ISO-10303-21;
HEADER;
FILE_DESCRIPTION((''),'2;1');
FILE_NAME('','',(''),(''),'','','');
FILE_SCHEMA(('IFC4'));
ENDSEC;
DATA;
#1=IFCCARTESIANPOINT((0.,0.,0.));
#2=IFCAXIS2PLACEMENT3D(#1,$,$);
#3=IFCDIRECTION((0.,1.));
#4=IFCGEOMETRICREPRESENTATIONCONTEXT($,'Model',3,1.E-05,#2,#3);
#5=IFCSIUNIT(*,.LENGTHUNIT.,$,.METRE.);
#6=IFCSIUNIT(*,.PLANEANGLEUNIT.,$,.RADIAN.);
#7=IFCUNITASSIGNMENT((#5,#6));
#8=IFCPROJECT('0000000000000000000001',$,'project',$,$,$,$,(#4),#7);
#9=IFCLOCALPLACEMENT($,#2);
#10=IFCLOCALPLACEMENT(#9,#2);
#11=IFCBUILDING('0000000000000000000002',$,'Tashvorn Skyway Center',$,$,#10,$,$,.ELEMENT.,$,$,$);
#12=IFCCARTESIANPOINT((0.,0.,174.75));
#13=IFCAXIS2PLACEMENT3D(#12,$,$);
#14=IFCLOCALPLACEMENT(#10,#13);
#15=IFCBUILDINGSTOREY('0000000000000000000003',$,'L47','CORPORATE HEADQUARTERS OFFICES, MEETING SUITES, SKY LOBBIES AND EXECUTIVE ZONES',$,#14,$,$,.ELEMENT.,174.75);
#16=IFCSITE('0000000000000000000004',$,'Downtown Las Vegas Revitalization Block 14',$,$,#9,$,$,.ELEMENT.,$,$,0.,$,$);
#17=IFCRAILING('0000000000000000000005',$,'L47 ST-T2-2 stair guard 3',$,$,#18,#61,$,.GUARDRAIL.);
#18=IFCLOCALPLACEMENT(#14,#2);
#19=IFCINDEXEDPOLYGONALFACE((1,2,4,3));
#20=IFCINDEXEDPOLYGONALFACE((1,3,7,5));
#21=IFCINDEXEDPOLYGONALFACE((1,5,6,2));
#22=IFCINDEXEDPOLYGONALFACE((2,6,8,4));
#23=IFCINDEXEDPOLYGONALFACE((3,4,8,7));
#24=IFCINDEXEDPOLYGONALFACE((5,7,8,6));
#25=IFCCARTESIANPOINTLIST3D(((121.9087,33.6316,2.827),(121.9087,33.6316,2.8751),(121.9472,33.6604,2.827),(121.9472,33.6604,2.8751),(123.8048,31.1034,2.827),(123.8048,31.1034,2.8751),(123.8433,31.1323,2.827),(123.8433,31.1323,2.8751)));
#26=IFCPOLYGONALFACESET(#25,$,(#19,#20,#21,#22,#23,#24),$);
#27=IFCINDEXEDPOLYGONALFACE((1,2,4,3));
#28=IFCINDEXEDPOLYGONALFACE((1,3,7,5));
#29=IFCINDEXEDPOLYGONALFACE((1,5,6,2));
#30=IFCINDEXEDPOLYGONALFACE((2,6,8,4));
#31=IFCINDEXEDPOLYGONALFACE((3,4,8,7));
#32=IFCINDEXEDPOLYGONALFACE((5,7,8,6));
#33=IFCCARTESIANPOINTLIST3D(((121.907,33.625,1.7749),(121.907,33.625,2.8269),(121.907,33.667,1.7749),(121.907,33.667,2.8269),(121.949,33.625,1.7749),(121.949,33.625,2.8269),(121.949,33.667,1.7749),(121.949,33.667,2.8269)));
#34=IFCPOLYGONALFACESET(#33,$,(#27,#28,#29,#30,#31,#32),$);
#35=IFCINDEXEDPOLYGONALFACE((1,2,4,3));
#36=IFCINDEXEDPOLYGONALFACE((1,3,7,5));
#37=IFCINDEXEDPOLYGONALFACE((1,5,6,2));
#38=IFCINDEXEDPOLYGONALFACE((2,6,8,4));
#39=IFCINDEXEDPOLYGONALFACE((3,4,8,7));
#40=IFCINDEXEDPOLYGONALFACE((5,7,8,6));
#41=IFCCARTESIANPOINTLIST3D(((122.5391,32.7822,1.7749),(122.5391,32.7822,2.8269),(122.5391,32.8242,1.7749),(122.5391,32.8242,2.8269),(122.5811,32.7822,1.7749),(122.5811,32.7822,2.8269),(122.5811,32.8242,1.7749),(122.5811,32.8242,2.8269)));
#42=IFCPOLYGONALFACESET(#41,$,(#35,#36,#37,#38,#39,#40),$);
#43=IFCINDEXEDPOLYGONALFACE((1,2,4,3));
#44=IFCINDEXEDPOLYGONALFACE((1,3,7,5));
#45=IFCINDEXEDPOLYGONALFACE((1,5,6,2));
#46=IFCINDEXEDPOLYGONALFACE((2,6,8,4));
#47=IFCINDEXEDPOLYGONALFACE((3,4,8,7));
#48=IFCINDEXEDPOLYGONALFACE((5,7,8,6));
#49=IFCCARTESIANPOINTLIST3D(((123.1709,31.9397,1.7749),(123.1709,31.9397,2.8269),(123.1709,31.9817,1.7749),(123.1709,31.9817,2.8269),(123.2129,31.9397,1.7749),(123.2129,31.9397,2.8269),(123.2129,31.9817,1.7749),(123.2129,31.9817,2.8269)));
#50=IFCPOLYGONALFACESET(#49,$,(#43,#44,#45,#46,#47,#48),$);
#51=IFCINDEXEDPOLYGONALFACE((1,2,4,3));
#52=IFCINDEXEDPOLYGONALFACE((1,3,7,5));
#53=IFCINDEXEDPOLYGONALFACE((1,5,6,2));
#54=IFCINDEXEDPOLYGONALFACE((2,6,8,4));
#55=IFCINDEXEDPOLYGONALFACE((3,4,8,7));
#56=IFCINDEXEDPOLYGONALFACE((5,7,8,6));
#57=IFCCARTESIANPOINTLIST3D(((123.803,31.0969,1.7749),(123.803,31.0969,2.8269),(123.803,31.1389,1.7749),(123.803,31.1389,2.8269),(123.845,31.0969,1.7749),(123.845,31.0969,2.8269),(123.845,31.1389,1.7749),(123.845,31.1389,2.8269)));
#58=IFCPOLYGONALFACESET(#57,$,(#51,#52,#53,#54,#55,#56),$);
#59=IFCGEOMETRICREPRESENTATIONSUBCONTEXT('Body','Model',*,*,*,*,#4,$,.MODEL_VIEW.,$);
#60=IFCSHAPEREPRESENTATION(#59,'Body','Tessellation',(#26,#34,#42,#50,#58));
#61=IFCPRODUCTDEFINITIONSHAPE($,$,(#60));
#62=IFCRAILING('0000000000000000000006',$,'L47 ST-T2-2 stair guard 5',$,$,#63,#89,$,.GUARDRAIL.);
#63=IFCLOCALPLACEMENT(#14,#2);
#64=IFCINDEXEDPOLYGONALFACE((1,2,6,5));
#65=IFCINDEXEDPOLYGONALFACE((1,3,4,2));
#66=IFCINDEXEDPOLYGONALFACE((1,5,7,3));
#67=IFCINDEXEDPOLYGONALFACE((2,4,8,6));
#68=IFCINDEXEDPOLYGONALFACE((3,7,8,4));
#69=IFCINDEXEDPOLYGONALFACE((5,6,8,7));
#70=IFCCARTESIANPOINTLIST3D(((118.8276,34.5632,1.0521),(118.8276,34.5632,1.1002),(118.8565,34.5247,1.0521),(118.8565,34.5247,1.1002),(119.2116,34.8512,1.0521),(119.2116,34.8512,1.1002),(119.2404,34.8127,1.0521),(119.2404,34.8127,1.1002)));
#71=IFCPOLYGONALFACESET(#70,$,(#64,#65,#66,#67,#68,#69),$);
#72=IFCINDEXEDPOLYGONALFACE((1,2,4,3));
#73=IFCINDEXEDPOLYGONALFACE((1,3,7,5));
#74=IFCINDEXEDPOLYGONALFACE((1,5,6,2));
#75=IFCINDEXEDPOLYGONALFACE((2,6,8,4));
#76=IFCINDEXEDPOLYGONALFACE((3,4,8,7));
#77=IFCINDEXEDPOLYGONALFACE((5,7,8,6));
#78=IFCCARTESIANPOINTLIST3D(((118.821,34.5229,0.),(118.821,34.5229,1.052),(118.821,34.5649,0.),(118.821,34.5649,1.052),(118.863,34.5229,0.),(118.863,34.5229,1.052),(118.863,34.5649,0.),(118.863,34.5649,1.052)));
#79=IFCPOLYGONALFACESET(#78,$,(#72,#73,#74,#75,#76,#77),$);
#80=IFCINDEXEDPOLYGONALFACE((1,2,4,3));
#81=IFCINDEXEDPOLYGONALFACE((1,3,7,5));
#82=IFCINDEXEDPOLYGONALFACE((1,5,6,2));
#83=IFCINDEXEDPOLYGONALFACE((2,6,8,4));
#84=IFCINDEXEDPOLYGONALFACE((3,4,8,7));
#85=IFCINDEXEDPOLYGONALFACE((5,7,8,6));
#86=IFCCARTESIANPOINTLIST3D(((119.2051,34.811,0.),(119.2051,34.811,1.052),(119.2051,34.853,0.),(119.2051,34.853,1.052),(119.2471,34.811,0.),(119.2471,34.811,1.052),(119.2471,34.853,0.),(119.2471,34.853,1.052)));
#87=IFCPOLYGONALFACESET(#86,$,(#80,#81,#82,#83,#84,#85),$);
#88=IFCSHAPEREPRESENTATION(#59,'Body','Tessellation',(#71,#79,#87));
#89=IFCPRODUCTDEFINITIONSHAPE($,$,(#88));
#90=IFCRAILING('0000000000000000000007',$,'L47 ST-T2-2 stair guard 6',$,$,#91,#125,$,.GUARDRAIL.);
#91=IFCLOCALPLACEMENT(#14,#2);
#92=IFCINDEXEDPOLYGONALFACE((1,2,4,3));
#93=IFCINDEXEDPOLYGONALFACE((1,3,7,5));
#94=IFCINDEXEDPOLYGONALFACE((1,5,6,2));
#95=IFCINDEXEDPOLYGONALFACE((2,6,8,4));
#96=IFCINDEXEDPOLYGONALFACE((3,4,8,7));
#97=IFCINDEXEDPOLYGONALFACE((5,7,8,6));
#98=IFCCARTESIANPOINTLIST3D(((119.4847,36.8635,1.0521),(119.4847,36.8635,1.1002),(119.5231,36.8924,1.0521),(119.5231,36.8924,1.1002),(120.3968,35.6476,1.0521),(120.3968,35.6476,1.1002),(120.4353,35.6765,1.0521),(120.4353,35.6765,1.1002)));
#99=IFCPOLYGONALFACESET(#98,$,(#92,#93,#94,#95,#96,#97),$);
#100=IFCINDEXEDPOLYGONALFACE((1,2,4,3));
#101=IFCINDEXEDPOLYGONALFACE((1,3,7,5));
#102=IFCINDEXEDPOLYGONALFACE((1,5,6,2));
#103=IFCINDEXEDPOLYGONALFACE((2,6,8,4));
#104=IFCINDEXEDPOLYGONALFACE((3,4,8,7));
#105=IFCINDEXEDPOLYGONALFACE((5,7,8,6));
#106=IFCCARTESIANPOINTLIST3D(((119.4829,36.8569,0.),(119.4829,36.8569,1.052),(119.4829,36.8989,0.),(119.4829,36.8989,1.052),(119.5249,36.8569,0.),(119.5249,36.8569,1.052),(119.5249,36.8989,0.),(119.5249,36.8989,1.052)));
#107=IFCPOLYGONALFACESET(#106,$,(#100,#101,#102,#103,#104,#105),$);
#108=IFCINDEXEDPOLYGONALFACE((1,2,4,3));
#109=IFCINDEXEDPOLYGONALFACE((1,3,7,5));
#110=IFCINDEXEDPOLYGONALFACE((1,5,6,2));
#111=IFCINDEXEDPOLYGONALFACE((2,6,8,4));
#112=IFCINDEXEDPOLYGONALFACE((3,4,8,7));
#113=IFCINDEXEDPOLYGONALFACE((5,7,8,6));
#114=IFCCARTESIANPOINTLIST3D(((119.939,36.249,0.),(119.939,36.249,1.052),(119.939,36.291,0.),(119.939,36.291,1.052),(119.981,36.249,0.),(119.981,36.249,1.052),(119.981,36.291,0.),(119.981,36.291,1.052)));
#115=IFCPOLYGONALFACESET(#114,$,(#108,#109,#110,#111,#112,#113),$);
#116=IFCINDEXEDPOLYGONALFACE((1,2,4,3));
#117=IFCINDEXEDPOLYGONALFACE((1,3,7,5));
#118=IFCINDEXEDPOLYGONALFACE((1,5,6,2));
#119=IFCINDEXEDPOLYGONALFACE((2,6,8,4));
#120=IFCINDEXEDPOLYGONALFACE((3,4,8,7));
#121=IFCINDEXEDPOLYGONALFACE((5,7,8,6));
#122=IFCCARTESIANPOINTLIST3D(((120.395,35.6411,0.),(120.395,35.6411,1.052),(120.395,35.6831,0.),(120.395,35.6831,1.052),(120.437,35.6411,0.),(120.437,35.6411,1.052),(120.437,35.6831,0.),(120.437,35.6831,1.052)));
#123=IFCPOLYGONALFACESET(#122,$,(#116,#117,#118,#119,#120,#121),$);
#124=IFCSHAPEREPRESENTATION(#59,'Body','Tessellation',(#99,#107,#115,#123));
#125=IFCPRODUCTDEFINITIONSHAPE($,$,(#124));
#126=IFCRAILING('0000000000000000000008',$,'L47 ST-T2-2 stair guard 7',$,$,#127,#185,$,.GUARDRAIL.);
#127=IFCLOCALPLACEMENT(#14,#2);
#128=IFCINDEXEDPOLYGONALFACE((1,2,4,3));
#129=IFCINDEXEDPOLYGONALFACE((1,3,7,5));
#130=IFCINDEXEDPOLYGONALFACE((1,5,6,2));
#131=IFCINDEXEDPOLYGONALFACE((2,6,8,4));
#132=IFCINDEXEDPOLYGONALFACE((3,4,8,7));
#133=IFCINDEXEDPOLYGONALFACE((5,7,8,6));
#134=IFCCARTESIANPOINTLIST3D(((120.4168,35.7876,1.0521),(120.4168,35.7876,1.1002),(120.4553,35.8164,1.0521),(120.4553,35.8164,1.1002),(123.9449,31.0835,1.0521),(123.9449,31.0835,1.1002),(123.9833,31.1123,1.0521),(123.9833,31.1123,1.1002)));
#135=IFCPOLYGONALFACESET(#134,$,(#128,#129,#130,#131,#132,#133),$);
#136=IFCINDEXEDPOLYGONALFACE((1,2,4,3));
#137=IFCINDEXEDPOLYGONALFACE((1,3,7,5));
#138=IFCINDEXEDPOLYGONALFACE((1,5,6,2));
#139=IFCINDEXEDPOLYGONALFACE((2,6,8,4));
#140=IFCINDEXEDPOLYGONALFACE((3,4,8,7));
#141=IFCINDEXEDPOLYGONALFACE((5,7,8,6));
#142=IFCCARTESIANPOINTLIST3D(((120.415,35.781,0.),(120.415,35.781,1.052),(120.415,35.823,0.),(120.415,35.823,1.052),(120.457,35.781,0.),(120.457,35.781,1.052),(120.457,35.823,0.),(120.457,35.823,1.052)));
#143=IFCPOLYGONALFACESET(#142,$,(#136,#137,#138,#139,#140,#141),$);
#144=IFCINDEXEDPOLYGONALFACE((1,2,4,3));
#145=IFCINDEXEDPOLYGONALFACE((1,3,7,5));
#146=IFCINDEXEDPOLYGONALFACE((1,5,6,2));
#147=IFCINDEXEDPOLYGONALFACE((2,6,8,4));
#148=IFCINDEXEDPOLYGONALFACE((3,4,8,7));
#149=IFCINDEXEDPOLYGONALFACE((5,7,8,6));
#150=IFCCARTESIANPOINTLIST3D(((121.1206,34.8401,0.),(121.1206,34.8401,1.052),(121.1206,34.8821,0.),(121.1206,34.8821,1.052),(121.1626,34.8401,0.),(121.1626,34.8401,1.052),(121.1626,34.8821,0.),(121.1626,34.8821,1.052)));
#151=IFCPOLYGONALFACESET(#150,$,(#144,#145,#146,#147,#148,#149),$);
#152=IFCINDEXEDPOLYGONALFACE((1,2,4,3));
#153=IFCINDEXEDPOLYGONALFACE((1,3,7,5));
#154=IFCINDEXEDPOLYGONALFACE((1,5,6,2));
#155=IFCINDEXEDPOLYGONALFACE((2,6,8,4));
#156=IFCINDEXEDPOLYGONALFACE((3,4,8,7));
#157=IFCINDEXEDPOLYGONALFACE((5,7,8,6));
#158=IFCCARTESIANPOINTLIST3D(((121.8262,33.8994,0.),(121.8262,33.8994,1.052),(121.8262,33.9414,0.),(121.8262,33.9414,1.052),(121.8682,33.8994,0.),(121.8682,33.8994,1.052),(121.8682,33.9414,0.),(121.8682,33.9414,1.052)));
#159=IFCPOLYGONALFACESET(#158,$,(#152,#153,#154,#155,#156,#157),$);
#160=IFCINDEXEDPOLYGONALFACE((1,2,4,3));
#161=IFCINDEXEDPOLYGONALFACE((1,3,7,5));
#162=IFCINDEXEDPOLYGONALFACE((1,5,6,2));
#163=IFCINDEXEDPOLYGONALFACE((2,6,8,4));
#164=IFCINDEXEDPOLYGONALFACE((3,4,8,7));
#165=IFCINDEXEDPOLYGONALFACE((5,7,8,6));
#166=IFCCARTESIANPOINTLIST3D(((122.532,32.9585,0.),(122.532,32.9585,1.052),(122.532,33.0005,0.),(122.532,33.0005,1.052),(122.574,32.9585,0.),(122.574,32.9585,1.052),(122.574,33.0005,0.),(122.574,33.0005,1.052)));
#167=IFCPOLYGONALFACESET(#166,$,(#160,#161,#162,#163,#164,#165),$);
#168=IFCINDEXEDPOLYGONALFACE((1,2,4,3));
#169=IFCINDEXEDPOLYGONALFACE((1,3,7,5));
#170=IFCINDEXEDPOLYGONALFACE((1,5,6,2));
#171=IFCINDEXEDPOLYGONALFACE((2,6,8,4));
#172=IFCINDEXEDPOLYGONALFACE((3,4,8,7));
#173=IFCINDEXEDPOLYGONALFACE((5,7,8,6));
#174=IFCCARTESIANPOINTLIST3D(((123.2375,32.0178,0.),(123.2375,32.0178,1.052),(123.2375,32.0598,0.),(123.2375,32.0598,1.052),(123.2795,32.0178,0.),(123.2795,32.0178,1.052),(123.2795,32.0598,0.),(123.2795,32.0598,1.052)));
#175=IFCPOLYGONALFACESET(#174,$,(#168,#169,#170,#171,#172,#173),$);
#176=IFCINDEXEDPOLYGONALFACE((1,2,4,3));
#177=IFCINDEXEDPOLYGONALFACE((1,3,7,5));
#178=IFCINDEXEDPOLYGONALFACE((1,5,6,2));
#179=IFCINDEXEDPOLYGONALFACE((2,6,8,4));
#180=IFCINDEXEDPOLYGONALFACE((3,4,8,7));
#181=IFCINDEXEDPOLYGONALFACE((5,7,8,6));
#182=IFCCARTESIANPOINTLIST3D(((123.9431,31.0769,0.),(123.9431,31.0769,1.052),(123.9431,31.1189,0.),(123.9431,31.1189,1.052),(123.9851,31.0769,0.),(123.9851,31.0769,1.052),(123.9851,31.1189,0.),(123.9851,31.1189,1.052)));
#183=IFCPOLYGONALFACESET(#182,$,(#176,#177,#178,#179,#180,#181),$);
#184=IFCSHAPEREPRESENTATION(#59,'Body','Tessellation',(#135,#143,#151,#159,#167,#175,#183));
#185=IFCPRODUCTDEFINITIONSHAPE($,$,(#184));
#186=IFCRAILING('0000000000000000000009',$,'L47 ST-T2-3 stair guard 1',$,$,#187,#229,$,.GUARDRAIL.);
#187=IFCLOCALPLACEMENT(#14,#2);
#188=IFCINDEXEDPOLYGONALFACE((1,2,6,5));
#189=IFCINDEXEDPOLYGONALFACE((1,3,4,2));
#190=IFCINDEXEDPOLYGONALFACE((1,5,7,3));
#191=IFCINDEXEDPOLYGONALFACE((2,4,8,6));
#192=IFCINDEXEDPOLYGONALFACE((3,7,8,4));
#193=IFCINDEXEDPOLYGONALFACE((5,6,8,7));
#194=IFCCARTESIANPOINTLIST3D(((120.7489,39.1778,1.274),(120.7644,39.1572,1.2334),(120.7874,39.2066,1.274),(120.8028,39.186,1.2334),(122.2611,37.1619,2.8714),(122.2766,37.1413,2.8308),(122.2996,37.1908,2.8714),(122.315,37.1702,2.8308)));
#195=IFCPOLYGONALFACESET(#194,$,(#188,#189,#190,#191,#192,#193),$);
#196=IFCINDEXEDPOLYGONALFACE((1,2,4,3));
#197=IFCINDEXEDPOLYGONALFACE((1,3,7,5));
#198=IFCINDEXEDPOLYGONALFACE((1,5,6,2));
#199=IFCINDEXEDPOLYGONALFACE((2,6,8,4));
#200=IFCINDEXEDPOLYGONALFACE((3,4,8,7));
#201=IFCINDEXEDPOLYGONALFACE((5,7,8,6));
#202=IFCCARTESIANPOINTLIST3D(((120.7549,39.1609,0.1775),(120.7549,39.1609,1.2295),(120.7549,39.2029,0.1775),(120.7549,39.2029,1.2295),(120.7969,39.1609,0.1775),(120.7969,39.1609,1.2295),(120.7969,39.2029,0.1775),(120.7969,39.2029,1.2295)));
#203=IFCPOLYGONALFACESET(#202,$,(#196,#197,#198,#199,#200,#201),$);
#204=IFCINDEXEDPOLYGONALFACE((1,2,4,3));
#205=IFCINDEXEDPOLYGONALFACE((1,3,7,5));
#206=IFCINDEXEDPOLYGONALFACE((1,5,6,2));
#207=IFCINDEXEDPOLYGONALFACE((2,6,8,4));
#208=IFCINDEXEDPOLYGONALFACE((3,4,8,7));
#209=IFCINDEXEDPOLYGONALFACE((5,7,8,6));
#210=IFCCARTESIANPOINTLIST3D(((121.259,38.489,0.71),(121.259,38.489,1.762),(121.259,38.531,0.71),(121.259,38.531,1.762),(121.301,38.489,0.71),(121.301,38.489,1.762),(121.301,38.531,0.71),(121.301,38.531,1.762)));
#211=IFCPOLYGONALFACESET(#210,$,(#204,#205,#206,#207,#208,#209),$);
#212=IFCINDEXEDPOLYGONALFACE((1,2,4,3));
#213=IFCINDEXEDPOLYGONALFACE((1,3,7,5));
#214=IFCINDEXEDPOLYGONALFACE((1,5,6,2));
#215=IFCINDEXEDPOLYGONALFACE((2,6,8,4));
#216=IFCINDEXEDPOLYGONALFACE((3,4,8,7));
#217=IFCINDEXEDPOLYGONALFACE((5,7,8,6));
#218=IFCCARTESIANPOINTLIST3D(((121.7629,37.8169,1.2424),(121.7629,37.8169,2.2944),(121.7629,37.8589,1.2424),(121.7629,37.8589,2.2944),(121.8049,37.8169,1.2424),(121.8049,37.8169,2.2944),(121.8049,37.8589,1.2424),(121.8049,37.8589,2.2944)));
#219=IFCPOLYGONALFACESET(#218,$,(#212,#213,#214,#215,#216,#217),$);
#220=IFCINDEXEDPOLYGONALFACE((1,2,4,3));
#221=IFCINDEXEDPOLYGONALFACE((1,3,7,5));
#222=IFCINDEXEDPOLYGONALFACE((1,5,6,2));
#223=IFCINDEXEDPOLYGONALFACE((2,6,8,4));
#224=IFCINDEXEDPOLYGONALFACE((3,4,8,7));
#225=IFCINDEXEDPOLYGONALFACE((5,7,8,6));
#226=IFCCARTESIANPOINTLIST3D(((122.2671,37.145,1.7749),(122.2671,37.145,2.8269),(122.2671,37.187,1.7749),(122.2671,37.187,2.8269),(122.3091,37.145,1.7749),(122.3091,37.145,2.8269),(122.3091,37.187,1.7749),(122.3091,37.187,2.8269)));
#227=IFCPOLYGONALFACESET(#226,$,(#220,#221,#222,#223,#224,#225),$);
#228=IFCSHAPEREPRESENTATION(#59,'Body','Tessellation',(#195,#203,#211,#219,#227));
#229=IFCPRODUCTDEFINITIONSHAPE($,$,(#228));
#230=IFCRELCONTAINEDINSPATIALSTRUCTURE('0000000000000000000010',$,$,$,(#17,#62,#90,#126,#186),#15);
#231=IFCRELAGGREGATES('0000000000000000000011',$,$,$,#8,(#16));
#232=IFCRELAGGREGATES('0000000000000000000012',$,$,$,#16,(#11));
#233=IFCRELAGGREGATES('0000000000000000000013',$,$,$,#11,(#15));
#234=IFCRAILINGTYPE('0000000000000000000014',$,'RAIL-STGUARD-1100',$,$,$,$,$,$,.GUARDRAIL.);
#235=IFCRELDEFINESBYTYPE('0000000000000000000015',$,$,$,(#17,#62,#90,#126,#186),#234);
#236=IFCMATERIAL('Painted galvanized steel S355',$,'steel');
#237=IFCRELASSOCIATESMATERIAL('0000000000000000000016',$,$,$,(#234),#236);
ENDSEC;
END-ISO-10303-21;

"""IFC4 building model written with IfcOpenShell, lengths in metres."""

from ifc_helpers import new_model, si_unit, direction, frame, origin, origin_2d, place, context, subcontext, project, spatial, rectangle, extrude, material, type_object, element, save


model = new_model("IFC4")

# Units and contexts
model_context = context("Model", 3, precision=1e-05, world=origin(), true_north=direction((0.0, 1.0)))
body_context = subcontext(model_context, "Body", "Model", "MODEL_VIEW")
ifc_project = project(units=[si_unit("LENGTHUNIT", "METRE"), si_unit("PLANEANGLEUNIT", "RADIAN")], contexts=[model_context])

# Site, building, storey
site_placement = place(None, origin())
site = spatial("IfcSite", under=ifc_project, at=site_placement, Name="Downtown Las Vegas Revitalization Block 14", CompositionType="ELEMENT", RefElevation=0.0)
building_placement = place(site_placement, origin())
building = spatial("IfcBuilding", under=site, at=building_placement, Name="Tashvorn Skyway Center", CompositionType="ELEMENT")
storey_placement = place(building_placement, frame((0.0, 0.0, 174.75)))
storey = spatial("IfcBuildingStorey", under=building, at=storey_placement, Name="L47", Description="CORPORATE HEADQUARTERS OFFICES, MEETING SUITES, SKY LOBBIES AND EXECUTIVE ZONES", CompositionType="ELEMENT", Elevation=174.75)

# Railings
ifc_material_1 = material(Name="Painted galvanized steel S355", Category="steel")
railing_type_1 = type_object("IfcRailingType", Name="RAIL-STGUARD-1100", PredefinedType="GUARDRAIL", material=ifc_material_1)
railing_1_placement = place(storey_placement, frame((121.928, 33.646, 1.7749)))
element("IfcRailing", 1, at=railing_1_placement, inside=storey, type_object=railing_type_1, Name="L47 ST-T2-2 stair guard 3", PredefinedType="GUARDRAIL", context=body_context, shape_type="SweptSolid", body=[
    extrude(rectangle(XDim=0.0481, YDim=0.0481, at=origin_2d()), frame((0.0, 0.0, 1.0762), z_axis=(0.599988, -0.800009, 0.0), x_axis=(0.800009, 0.599988, 0.0)), (0.0, 0.0, 1.0), 3.1602),
    extrude(rectangle(XDim=0.042, YDim=0.042, at=origin_2d()), origin(), (0.0, 0.0, 1.0), 1.052),
    extrude(rectangle(XDim=0.042, YDim=0.042, at=origin_2d()), frame((0.6321, -0.8428, 0.0)), (0.0, 0.0, 1.0), 1.052),
    extrude(rectangle(XDim=0.042, YDim=0.042, at=origin_2d()), frame((1.2639, -1.6853, 0.0)), (0.0, 0.0, 1.0), 1.052),
    extrude(rectangle(XDim=0.042, YDim=0.042, at=origin_2d()), frame((1.896, -2.5281, 0.0)), (0.0, 0.0, 1.0), 1.052),
])
railing_2_placement = place(storey_placement, frame((118.842, 34.5439, 0.0)))
element("IfcRailing", 2, at=railing_2_placement, inside=storey, type_object=railing_type_1, Name="L47 ST-T2-2 stair guard 5", PredefinedType="GUARDRAIL", context=body_context, shape_type="SweptSolid", body=[
    extrude(rectangle(XDim=0.0481, YDim=0.0481, at=origin_2d()), frame((0.0, 0.0, 1.0762), z_axis=(0.799939, 0.600081, 0.0), x_axis=(-0.600081, 0.799939, 0.0)), (0.0, 0.0, 1.0), 0.48),
    extrude(rectangle(XDim=0.042, YDim=0.042, at=origin_2d()), origin(), (0.0, 0.0, 1.0), 1.052),
    extrude(rectangle(XDim=0.042, YDim=0.042, at=origin_2d()), frame((0.384, 0.2881, 0.0)), (0.0, 0.0, 1.0), 1.052),
])
railing_3_placement = place(storey_placement, frame((119.5039, 36.8779, 0.0)))
element("IfcRailing", 3, at=railing_3_placement, inside=storey, type_object=railing_type_1, Name="L47 ST-T2-2 stair guard 6", PredefinedType="GUARDRAIL", context=body_context, shape_type="SweptSolid", body=[
    extrude(rectangle(XDim=0.0481, YDim=0.0481, at=origin_2d()), frame((0.0, 0.0, 1.0762), z_axis=(0.600103, -0.799923, 0.0), x_axis=(0.799923, 0.600103, 0.0)), (0.0, 0.0, 1.0), 1.52),
    extrude(rectangle(XDim=0.042, YDim=0.042, at=origin_2d()), origin(), (0.0, 0.0, 1.0), 1.052),
    extrude(rectangle(XDim=0.042, YDim=0.042, at=origin_2d()), frame((0.4561, -0.6079, 0.0)), (0.0, 0.0, 1.0), 1.052),
    extrude(rectangle(XDim=0.042, YDim=0.042, at=origin_2d()), frame((0.9121, -1.2158, 0.0)), (0.0, 0.0, 1.0), 1.052),
])
railing_4_placement = place(storey_placement, frame((120.436, 35.802, 0.0)))
element("IfcRailing", 4, at=railing_4_placement, inside=storey, type_object=railing_type_1, Name="L47 ST-T2-2 stair guard 7", PredefinedType="GUARDRAIL", context=body_context, shape_type="SweptSolid", body=[
    extrude(rectangle(XDim=0.0481, YDim=0.0481, at=origin_2d()), frame((0.0, 0.0, 1.0762), z_axis=(0.6, -0.8, 0.0), x_axis=(0.8, 0.6, 0.0)), (0.0, 0.0, 1.0), 5.8801),
    extrude(rectangle(XDim=0.042, YDim=0.042, at=origin_2d()), origin(), (0.0, 0.0, 1.0), 1.052),
    extrude(rectangle(XDim=0.042, YDim=0.042, at=origin_2d()), frame((0.7056, -0.9409, 0.0)), (0.0, 0.0, 1.0), 1.052),
    extrude(rectangle(XDim=0.042, YDim=0.042, at=origin_2d()), frame((1.4111, -1.8816, 0.0)), (0.0, 0.0, 1.0), 1.052),
    extrude(rectangle(XDim=0.042, YDim=0.042, at=origin_2d()), frame((2.1169, -2.8225, 0.0)), (0.0, 0.0, 1.0), 1.052),
    extrude(rectangle(XDim=0.042, YDim=0.042, at=origin_2d()), frame((2.8225, -3.7632, 0.0)), (0.0, 0.0, 1.0), 1.052),
    extrude(rectangle(XDim=0.042, YDim=0.042, at=origin_2d()), frame((3.5281, -4.7041, 0.0)), (0.0, 0.0, 1.0), 1.052),
])
railing_5_placement = place(storey_placement, frame((120.7759, 39.1819, 0.1775)))
element("IfcRailing", 5, at=railing_5_placement, inside=storey, type_object=railing_type_1, Name="L47 ST-T2-3 stair guard 1", PredefinedType="GUARDRAIL", context=body_context, shape_type="SweptSolid", body=[
    extrude(rectangle(XDim=0.0481, YDim=0.0481, at=origin_2d()), frame((0.0, 0.0, 1.0762), z_axis=(0.50683, -0.675636, 0.535387), x_axis=(0.799942, 0.600078, 0.0)), (0.0, 0.0, 1.0), 2.9836),
    extrude(rectangle(XDim=0.042, YDim=0.042, at=origin_2d()), origin(), (0.0, 0.0, 1.0), 1.052),
    extrude(rectangle(XDim=0.042, YDim=0.042, at=origin_2d()), frame((0.5042, -0.6719, 0.5325)), (0.0, 0.0, 1.0), 1.052),
    extrude(rectangle(XDim=0.042, YDim=0.042, at=origin_2d()), frame((1.0081, -1.344, 1.0649)), (0.0, 0.0, 1.0), 1.052),
    extrude(rectangle(XDim=0.042, YDim=0.042, at=origin_2d()), frame((1.5122, -2.0159, 1.5974)), (0.0, 0.0, 1.0), 1.052),
])

save(model, "model.ifc")
